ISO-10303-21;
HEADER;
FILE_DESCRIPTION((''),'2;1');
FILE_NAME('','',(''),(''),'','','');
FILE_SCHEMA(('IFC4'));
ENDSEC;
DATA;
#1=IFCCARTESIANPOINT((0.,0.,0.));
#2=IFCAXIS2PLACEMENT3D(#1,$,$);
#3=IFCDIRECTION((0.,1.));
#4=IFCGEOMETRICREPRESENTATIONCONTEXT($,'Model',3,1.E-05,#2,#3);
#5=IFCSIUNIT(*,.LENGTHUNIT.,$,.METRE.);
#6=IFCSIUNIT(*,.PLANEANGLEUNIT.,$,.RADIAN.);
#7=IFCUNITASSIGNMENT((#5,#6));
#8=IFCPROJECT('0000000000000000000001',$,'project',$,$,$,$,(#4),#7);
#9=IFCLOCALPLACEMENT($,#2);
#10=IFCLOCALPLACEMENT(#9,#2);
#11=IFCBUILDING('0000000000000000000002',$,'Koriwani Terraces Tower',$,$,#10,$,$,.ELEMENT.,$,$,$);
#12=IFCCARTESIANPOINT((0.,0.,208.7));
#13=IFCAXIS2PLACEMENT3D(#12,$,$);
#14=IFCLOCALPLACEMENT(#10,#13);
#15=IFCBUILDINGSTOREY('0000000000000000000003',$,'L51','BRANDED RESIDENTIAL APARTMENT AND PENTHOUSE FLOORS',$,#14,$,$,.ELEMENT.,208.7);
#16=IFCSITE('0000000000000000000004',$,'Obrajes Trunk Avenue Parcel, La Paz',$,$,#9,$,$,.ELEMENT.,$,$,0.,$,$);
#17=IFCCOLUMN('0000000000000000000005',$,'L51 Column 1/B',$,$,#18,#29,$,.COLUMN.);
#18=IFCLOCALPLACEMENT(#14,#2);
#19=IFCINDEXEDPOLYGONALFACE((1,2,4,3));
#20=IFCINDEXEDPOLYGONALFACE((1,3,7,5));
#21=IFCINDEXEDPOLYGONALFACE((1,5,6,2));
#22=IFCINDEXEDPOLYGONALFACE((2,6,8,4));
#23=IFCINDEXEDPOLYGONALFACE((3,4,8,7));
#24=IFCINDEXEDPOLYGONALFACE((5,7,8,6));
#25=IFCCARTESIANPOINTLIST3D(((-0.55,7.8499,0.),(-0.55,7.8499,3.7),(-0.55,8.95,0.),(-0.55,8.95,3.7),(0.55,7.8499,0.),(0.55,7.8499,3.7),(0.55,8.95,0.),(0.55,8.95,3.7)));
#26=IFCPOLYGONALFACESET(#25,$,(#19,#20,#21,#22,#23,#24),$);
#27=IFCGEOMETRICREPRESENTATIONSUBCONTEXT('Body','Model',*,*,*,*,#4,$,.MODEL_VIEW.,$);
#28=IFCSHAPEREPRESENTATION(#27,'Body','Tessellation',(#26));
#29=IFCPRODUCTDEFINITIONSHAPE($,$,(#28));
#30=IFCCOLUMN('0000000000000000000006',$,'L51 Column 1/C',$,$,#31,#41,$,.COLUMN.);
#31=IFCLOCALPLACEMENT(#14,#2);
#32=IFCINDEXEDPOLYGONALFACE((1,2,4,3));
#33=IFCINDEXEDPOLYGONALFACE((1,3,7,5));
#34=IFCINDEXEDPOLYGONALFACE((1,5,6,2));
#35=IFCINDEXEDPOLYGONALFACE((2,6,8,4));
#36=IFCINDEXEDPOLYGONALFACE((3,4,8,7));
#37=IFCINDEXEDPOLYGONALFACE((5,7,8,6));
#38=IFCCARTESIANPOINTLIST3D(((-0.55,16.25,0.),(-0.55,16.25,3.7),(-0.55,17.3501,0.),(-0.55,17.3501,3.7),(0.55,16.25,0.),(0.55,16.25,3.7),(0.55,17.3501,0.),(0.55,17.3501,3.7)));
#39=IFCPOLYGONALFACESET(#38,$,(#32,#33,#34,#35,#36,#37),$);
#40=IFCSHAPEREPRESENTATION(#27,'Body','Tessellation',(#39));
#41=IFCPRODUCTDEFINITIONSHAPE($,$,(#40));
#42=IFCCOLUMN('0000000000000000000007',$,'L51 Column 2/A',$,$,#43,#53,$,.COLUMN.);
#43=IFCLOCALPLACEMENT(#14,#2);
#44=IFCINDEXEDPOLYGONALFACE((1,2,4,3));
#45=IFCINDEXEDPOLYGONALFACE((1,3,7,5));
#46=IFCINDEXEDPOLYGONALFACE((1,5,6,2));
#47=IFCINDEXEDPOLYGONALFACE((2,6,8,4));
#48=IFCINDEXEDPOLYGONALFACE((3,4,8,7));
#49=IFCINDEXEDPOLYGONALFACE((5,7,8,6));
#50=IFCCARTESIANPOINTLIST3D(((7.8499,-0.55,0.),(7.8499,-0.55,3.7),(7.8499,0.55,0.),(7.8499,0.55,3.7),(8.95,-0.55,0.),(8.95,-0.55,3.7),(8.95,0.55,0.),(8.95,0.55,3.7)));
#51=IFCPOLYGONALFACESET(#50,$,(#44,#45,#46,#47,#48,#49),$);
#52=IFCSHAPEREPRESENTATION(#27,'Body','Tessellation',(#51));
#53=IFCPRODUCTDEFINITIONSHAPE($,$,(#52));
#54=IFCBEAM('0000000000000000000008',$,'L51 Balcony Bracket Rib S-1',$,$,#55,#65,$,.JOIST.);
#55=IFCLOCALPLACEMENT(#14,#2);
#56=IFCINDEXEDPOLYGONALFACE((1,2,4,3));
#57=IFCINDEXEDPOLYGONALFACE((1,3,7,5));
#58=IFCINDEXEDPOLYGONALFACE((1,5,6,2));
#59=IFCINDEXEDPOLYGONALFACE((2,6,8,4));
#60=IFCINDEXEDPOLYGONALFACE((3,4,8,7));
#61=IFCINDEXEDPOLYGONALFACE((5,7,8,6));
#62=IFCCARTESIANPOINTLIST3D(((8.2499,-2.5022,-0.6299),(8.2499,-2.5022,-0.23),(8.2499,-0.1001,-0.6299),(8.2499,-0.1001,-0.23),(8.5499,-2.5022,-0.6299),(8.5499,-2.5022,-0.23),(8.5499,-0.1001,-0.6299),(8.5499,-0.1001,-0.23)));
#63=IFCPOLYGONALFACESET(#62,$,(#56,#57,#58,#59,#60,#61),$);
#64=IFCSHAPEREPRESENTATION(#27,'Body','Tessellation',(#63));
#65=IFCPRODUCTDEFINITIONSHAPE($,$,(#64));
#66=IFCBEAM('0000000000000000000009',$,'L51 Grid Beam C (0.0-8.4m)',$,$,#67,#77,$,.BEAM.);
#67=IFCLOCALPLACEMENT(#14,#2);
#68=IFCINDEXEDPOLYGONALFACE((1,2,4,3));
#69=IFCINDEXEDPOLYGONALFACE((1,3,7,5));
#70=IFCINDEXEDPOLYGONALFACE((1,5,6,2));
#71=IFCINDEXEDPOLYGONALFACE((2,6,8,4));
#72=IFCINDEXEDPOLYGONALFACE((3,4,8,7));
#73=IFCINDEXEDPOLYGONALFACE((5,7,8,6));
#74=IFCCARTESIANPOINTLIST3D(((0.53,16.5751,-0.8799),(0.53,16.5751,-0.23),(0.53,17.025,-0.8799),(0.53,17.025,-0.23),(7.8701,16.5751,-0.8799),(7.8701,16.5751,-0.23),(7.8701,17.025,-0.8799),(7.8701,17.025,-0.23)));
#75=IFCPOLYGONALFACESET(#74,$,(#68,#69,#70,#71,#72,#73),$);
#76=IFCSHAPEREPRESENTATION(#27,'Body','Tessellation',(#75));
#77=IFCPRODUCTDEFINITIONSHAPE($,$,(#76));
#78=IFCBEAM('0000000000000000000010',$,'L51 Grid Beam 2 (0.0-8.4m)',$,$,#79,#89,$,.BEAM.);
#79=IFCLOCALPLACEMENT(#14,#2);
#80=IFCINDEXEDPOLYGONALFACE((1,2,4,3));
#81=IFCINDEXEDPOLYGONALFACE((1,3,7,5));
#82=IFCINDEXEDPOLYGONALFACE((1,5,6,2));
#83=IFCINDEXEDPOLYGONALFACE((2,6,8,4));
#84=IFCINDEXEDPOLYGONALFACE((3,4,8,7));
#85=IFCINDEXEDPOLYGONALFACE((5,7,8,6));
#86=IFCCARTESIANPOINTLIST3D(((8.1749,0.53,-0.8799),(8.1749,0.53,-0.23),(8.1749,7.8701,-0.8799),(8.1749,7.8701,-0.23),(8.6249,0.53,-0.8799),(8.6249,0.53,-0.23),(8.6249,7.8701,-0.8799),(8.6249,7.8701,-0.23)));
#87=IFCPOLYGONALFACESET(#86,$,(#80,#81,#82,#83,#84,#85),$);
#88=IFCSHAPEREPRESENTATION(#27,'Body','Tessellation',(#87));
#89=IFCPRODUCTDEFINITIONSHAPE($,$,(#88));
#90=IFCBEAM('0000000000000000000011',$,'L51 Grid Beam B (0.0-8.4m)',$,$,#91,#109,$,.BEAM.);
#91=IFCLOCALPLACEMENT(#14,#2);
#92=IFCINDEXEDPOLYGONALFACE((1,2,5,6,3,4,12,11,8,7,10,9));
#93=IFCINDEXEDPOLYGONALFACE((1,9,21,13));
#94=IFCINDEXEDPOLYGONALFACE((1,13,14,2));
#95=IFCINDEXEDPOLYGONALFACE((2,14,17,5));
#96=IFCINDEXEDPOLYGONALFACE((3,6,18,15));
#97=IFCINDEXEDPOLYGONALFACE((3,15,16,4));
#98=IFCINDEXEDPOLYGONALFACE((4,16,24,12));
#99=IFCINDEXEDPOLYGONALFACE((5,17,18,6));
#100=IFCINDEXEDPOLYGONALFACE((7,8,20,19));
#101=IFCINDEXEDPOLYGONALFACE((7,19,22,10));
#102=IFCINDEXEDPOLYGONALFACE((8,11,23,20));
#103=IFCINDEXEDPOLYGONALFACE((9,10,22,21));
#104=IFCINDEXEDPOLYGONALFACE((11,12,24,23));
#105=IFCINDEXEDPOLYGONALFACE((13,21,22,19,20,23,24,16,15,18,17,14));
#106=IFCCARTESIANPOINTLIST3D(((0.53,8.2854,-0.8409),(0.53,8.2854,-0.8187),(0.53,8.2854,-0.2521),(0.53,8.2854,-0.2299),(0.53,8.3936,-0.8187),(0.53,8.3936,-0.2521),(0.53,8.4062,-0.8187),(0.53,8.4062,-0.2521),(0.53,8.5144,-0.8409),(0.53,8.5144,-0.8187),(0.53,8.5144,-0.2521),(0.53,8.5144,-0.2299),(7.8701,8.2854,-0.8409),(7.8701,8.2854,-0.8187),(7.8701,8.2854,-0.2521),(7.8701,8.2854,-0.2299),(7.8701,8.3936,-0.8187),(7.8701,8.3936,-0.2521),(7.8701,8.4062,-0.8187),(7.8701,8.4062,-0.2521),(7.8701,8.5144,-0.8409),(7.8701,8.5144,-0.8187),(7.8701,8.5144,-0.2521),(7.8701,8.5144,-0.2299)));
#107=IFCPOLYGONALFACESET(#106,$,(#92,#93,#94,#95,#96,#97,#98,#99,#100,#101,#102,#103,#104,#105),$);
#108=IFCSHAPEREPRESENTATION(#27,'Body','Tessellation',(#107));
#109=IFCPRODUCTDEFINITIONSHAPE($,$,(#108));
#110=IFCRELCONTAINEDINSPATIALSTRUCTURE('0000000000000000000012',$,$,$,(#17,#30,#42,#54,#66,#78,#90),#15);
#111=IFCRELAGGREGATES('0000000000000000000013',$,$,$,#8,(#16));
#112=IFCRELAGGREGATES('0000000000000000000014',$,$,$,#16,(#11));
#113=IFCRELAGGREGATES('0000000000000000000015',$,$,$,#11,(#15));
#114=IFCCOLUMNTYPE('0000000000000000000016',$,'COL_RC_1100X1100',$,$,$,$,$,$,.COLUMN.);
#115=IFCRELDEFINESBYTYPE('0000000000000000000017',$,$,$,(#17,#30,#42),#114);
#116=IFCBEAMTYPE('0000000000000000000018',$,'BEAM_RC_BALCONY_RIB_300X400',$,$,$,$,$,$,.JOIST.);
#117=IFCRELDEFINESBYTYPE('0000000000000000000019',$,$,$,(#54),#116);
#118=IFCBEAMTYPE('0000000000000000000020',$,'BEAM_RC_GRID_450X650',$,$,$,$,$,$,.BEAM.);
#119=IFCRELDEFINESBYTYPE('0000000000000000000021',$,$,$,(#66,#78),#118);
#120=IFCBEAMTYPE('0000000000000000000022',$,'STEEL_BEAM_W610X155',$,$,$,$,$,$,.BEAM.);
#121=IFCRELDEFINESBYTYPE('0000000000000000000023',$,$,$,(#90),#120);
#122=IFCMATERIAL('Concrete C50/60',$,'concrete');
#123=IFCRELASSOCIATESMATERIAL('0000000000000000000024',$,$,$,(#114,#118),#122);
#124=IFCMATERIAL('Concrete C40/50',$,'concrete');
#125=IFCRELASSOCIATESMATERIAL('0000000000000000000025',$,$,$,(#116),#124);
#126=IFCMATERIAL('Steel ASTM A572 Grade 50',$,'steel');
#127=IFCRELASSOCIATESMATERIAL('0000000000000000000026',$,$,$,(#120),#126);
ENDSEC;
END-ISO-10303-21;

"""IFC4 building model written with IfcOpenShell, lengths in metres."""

from ifc_helpers import new_model, si_unit, direction, frame, origin, origin_2d, place, context, subcontext, project, spatial, rectangle, i_section, extrude, material, material_profile, profile_set, type_object, element, save


model = new_model("IFC4")

# Units and contexts
model_context = context("Model", 3, precision=1e-05, world=origin(), true_north=direction((0.0, 1.0)))
body_context = subcontext(model_context, "Body", "Model", "MODEL_VIEW")
ifc_project = project(units=[si_unit("LENGTHUNIT", "METRE"), si_unit("PLANEANGLEUNIT", "RADIAN")], contexts=[model_context])

# Site, building, storey
site_placement = place(None, origin())
site = spatial("IfcSite", under=ifc_project, at=site_placement, Name="Obrajes Trunk Avenue Parcel, La Paz", CompositionType="ELEMENT", RefElevation=0.0)
building_placement = place(site_placement, origin())
building = spatial("IfcBuilding", under=site, at=building_placement, Name="Koriwani Terraces Tower", CompositionType="ELEMENT")
storey_placement = place(building_placement, frame((0.0, 0.0, 208.7)))
storey = spatial("IfcBuildingStorey", under=building, at=storey_placement, Name="L51", Description="BRANDED RESIDENTIAL APARTMENT AND PENTHOUSE FLOORS", CompositionType="ELEMENT", Elevation=208.7)

# Columns
ifc_material_1 = material(Name="Concrete C50/60", Category="concrete")
ifc_material_profile_1 = material_profile(ifc_material_1, rectangle(XDim=1.1001, YDim=1.1001, at=origin_2d()), Name="Concrete C50/60", Category="LoadBearing")
ifc_profile_set_1 = profile_set([ifc_material_profile_1], Name="Concrete C50/60")
column_type = type_object("IfcColumnType", Name="COL_RC_1100X1100", PredefinedType="COLUMN", material=ifc_profile_set_1)
for number, where, z_axis, x_axis, name in (
    (1, (0.0, 8.3999, 0.0), (0.0, 0.0, 1.0), (1.0, 0.0, 0.0), "L51 Column 1/B"),
    (2, (0.0, 16.8, 0.0), (0.0, 0.0, 1.0), (1.0, 0.0, 0.0), "L51 Column 1/C"),
    (3, (8.3999, 0.0, 0.0), (0.0, 0.0, 1.0), (1.0, 0.0, 0.0), "L51 Column 2/A"),
):
    element("IfcColumn", number, at=place(storey_placement, frame(where, z_axis=z_axis, x_axis=x_axis)), inside=storey, type_object=column_type, Name=name, PredefinedType="COLUMN", context=body_context, shape_type="SweptSolid", body=[
        extrude(rectangle(XDim=1.1001, YDim=1.1001, at=origin_2d()), origin(), (0.0, 0.0, 1.0), 3.7),
    ])

# Beams
ifc_material_2 = material(Name="Concrete C40/50", Category="concrete")
ifc_material_profile_2 = material_profile(ifc_material_2, rectangle(XDim=0.3, YDim=0.3999, at=origin_2d()), Name="Concrete C40/50", Category="LoadBearing")
ifc_profile_set_2 = profile_set([ifc_material_profile_2], Name="Concrete C40/50")
beam_type_1 = type_object("IfcBeamType", Name="BEAM_RC_BALCONY_RIB_300X400", PredefinedType="JOIST", material=ifc_profile_set_2)
beam_1_placement = place(storey_placement, frame((8.3999, -2.5022, -0.4299), z_axis=(0.0, 1.0, 0.0), x_axis=(-1.0, 0.0, 0.0)))
element("IfcBeam", 4, at=beam_1_placement, inside=storey, type_object=beam_type_1, Name="L51 Balcony Bracket Rib S-1", PredefinedType="JOIST", context=body_context, shape_type="SweptSolid", body=[
    extrude(rectangle(XDim=0.3, YDim=0.3999, at=origin_2d()), origin(), (0.0, 0.0, 1.0), 2.4021),
])
ifc_material_profile_3 = material_profile(ifc_material_1, rectangle(XDim=0.45, YDim=0.6499, at=origin_2d()), Name="Concrete C50/60", Category="LoadBearing")
ifc_profile_set_3 = profile_set([ifc_material_profile_3], Name="Concrete C50/60")
beam_type_2 = type_object("IfcBeamType", Name="BEAM_RC_GRID_450X650", PredefinedType="BEAM", material=ifc_profile_set_3)
for number, where, z_axis, x_axis, name in (
    (5, (0.53, 16.8, -0.5549), (1.0, 0.0, 0.0), (0.0, 1.0, 0.0), "L51 Grid Beam C (0.0-8.4m)"),
    (6, (8.3999, 0.53, -0.5549), (0.0, 1.0, 0.0), (-1.0, 0.0, 0.0), "L51 Grid Beam 2 (0.0-8.4m)"),
):
    element("IfcBeam", number, at=place(storey_placement, frame(where, z_axis=z_axis, x_axis=x_axis)), inside=storey, type_object=beam_type_2, Name=name, PredefinedType="BEAM", context=body_context, shape_type="SweptSolid", body=[
        extrude(rectangle(XDim=0.45, YDim=0.6499, at=origin_2d()), origin(), (0.0, 0.0, 1.0), 7.3401),
    ])
ifc_material_3 = material(Name="Steel ASTM A572 Grade 50", Category="steel")
ifc_material_profile_4 = material_profile(ifc_material_3, i_section(OverallWidth=0.229, OverallDepth=0.6111, WebThickness=0.0127, FlangeThickness=0.0222, at=origin_2d()), Name="Steel ASTM A572 Grade 50", Category="LoadBearing")
ifc_profile_set_4 = profile_set([ifc_material_profile_4], Name="Steel ASTM A572 Grade 50")
beam_type_3 = type_object("IfcBeamType", Name="STEEL_BEAM_W610X155", PredefinedType="BEAM", material=ifc_profile_set_4)
beam_2_placement = place(storey_placement, frame((0.53, 8.3999, -0.5354), z_axis=(1.0, 0.0, 0.0), x_axis=(0.0, 1.0, 0.0)))
element("IfcBeam", 7, at=beam_2_placement, inside=storey, type_object=beam_type_3, Name="L51 Grid Beam B (0.0-8.4m)", PredefinedType="BEAM", context=body_context, shape_type="SweptSolid", body=[
    extrude(i_section(OverallWidth=0.229, OverallDepth=0.6111, WebThickness=0.0127, FlangeThickness=0.0222, at=origin_2d()), origin(), (0.0, 0.0, 1.0), 7.3401),
])

save(model, "model.ifc")
